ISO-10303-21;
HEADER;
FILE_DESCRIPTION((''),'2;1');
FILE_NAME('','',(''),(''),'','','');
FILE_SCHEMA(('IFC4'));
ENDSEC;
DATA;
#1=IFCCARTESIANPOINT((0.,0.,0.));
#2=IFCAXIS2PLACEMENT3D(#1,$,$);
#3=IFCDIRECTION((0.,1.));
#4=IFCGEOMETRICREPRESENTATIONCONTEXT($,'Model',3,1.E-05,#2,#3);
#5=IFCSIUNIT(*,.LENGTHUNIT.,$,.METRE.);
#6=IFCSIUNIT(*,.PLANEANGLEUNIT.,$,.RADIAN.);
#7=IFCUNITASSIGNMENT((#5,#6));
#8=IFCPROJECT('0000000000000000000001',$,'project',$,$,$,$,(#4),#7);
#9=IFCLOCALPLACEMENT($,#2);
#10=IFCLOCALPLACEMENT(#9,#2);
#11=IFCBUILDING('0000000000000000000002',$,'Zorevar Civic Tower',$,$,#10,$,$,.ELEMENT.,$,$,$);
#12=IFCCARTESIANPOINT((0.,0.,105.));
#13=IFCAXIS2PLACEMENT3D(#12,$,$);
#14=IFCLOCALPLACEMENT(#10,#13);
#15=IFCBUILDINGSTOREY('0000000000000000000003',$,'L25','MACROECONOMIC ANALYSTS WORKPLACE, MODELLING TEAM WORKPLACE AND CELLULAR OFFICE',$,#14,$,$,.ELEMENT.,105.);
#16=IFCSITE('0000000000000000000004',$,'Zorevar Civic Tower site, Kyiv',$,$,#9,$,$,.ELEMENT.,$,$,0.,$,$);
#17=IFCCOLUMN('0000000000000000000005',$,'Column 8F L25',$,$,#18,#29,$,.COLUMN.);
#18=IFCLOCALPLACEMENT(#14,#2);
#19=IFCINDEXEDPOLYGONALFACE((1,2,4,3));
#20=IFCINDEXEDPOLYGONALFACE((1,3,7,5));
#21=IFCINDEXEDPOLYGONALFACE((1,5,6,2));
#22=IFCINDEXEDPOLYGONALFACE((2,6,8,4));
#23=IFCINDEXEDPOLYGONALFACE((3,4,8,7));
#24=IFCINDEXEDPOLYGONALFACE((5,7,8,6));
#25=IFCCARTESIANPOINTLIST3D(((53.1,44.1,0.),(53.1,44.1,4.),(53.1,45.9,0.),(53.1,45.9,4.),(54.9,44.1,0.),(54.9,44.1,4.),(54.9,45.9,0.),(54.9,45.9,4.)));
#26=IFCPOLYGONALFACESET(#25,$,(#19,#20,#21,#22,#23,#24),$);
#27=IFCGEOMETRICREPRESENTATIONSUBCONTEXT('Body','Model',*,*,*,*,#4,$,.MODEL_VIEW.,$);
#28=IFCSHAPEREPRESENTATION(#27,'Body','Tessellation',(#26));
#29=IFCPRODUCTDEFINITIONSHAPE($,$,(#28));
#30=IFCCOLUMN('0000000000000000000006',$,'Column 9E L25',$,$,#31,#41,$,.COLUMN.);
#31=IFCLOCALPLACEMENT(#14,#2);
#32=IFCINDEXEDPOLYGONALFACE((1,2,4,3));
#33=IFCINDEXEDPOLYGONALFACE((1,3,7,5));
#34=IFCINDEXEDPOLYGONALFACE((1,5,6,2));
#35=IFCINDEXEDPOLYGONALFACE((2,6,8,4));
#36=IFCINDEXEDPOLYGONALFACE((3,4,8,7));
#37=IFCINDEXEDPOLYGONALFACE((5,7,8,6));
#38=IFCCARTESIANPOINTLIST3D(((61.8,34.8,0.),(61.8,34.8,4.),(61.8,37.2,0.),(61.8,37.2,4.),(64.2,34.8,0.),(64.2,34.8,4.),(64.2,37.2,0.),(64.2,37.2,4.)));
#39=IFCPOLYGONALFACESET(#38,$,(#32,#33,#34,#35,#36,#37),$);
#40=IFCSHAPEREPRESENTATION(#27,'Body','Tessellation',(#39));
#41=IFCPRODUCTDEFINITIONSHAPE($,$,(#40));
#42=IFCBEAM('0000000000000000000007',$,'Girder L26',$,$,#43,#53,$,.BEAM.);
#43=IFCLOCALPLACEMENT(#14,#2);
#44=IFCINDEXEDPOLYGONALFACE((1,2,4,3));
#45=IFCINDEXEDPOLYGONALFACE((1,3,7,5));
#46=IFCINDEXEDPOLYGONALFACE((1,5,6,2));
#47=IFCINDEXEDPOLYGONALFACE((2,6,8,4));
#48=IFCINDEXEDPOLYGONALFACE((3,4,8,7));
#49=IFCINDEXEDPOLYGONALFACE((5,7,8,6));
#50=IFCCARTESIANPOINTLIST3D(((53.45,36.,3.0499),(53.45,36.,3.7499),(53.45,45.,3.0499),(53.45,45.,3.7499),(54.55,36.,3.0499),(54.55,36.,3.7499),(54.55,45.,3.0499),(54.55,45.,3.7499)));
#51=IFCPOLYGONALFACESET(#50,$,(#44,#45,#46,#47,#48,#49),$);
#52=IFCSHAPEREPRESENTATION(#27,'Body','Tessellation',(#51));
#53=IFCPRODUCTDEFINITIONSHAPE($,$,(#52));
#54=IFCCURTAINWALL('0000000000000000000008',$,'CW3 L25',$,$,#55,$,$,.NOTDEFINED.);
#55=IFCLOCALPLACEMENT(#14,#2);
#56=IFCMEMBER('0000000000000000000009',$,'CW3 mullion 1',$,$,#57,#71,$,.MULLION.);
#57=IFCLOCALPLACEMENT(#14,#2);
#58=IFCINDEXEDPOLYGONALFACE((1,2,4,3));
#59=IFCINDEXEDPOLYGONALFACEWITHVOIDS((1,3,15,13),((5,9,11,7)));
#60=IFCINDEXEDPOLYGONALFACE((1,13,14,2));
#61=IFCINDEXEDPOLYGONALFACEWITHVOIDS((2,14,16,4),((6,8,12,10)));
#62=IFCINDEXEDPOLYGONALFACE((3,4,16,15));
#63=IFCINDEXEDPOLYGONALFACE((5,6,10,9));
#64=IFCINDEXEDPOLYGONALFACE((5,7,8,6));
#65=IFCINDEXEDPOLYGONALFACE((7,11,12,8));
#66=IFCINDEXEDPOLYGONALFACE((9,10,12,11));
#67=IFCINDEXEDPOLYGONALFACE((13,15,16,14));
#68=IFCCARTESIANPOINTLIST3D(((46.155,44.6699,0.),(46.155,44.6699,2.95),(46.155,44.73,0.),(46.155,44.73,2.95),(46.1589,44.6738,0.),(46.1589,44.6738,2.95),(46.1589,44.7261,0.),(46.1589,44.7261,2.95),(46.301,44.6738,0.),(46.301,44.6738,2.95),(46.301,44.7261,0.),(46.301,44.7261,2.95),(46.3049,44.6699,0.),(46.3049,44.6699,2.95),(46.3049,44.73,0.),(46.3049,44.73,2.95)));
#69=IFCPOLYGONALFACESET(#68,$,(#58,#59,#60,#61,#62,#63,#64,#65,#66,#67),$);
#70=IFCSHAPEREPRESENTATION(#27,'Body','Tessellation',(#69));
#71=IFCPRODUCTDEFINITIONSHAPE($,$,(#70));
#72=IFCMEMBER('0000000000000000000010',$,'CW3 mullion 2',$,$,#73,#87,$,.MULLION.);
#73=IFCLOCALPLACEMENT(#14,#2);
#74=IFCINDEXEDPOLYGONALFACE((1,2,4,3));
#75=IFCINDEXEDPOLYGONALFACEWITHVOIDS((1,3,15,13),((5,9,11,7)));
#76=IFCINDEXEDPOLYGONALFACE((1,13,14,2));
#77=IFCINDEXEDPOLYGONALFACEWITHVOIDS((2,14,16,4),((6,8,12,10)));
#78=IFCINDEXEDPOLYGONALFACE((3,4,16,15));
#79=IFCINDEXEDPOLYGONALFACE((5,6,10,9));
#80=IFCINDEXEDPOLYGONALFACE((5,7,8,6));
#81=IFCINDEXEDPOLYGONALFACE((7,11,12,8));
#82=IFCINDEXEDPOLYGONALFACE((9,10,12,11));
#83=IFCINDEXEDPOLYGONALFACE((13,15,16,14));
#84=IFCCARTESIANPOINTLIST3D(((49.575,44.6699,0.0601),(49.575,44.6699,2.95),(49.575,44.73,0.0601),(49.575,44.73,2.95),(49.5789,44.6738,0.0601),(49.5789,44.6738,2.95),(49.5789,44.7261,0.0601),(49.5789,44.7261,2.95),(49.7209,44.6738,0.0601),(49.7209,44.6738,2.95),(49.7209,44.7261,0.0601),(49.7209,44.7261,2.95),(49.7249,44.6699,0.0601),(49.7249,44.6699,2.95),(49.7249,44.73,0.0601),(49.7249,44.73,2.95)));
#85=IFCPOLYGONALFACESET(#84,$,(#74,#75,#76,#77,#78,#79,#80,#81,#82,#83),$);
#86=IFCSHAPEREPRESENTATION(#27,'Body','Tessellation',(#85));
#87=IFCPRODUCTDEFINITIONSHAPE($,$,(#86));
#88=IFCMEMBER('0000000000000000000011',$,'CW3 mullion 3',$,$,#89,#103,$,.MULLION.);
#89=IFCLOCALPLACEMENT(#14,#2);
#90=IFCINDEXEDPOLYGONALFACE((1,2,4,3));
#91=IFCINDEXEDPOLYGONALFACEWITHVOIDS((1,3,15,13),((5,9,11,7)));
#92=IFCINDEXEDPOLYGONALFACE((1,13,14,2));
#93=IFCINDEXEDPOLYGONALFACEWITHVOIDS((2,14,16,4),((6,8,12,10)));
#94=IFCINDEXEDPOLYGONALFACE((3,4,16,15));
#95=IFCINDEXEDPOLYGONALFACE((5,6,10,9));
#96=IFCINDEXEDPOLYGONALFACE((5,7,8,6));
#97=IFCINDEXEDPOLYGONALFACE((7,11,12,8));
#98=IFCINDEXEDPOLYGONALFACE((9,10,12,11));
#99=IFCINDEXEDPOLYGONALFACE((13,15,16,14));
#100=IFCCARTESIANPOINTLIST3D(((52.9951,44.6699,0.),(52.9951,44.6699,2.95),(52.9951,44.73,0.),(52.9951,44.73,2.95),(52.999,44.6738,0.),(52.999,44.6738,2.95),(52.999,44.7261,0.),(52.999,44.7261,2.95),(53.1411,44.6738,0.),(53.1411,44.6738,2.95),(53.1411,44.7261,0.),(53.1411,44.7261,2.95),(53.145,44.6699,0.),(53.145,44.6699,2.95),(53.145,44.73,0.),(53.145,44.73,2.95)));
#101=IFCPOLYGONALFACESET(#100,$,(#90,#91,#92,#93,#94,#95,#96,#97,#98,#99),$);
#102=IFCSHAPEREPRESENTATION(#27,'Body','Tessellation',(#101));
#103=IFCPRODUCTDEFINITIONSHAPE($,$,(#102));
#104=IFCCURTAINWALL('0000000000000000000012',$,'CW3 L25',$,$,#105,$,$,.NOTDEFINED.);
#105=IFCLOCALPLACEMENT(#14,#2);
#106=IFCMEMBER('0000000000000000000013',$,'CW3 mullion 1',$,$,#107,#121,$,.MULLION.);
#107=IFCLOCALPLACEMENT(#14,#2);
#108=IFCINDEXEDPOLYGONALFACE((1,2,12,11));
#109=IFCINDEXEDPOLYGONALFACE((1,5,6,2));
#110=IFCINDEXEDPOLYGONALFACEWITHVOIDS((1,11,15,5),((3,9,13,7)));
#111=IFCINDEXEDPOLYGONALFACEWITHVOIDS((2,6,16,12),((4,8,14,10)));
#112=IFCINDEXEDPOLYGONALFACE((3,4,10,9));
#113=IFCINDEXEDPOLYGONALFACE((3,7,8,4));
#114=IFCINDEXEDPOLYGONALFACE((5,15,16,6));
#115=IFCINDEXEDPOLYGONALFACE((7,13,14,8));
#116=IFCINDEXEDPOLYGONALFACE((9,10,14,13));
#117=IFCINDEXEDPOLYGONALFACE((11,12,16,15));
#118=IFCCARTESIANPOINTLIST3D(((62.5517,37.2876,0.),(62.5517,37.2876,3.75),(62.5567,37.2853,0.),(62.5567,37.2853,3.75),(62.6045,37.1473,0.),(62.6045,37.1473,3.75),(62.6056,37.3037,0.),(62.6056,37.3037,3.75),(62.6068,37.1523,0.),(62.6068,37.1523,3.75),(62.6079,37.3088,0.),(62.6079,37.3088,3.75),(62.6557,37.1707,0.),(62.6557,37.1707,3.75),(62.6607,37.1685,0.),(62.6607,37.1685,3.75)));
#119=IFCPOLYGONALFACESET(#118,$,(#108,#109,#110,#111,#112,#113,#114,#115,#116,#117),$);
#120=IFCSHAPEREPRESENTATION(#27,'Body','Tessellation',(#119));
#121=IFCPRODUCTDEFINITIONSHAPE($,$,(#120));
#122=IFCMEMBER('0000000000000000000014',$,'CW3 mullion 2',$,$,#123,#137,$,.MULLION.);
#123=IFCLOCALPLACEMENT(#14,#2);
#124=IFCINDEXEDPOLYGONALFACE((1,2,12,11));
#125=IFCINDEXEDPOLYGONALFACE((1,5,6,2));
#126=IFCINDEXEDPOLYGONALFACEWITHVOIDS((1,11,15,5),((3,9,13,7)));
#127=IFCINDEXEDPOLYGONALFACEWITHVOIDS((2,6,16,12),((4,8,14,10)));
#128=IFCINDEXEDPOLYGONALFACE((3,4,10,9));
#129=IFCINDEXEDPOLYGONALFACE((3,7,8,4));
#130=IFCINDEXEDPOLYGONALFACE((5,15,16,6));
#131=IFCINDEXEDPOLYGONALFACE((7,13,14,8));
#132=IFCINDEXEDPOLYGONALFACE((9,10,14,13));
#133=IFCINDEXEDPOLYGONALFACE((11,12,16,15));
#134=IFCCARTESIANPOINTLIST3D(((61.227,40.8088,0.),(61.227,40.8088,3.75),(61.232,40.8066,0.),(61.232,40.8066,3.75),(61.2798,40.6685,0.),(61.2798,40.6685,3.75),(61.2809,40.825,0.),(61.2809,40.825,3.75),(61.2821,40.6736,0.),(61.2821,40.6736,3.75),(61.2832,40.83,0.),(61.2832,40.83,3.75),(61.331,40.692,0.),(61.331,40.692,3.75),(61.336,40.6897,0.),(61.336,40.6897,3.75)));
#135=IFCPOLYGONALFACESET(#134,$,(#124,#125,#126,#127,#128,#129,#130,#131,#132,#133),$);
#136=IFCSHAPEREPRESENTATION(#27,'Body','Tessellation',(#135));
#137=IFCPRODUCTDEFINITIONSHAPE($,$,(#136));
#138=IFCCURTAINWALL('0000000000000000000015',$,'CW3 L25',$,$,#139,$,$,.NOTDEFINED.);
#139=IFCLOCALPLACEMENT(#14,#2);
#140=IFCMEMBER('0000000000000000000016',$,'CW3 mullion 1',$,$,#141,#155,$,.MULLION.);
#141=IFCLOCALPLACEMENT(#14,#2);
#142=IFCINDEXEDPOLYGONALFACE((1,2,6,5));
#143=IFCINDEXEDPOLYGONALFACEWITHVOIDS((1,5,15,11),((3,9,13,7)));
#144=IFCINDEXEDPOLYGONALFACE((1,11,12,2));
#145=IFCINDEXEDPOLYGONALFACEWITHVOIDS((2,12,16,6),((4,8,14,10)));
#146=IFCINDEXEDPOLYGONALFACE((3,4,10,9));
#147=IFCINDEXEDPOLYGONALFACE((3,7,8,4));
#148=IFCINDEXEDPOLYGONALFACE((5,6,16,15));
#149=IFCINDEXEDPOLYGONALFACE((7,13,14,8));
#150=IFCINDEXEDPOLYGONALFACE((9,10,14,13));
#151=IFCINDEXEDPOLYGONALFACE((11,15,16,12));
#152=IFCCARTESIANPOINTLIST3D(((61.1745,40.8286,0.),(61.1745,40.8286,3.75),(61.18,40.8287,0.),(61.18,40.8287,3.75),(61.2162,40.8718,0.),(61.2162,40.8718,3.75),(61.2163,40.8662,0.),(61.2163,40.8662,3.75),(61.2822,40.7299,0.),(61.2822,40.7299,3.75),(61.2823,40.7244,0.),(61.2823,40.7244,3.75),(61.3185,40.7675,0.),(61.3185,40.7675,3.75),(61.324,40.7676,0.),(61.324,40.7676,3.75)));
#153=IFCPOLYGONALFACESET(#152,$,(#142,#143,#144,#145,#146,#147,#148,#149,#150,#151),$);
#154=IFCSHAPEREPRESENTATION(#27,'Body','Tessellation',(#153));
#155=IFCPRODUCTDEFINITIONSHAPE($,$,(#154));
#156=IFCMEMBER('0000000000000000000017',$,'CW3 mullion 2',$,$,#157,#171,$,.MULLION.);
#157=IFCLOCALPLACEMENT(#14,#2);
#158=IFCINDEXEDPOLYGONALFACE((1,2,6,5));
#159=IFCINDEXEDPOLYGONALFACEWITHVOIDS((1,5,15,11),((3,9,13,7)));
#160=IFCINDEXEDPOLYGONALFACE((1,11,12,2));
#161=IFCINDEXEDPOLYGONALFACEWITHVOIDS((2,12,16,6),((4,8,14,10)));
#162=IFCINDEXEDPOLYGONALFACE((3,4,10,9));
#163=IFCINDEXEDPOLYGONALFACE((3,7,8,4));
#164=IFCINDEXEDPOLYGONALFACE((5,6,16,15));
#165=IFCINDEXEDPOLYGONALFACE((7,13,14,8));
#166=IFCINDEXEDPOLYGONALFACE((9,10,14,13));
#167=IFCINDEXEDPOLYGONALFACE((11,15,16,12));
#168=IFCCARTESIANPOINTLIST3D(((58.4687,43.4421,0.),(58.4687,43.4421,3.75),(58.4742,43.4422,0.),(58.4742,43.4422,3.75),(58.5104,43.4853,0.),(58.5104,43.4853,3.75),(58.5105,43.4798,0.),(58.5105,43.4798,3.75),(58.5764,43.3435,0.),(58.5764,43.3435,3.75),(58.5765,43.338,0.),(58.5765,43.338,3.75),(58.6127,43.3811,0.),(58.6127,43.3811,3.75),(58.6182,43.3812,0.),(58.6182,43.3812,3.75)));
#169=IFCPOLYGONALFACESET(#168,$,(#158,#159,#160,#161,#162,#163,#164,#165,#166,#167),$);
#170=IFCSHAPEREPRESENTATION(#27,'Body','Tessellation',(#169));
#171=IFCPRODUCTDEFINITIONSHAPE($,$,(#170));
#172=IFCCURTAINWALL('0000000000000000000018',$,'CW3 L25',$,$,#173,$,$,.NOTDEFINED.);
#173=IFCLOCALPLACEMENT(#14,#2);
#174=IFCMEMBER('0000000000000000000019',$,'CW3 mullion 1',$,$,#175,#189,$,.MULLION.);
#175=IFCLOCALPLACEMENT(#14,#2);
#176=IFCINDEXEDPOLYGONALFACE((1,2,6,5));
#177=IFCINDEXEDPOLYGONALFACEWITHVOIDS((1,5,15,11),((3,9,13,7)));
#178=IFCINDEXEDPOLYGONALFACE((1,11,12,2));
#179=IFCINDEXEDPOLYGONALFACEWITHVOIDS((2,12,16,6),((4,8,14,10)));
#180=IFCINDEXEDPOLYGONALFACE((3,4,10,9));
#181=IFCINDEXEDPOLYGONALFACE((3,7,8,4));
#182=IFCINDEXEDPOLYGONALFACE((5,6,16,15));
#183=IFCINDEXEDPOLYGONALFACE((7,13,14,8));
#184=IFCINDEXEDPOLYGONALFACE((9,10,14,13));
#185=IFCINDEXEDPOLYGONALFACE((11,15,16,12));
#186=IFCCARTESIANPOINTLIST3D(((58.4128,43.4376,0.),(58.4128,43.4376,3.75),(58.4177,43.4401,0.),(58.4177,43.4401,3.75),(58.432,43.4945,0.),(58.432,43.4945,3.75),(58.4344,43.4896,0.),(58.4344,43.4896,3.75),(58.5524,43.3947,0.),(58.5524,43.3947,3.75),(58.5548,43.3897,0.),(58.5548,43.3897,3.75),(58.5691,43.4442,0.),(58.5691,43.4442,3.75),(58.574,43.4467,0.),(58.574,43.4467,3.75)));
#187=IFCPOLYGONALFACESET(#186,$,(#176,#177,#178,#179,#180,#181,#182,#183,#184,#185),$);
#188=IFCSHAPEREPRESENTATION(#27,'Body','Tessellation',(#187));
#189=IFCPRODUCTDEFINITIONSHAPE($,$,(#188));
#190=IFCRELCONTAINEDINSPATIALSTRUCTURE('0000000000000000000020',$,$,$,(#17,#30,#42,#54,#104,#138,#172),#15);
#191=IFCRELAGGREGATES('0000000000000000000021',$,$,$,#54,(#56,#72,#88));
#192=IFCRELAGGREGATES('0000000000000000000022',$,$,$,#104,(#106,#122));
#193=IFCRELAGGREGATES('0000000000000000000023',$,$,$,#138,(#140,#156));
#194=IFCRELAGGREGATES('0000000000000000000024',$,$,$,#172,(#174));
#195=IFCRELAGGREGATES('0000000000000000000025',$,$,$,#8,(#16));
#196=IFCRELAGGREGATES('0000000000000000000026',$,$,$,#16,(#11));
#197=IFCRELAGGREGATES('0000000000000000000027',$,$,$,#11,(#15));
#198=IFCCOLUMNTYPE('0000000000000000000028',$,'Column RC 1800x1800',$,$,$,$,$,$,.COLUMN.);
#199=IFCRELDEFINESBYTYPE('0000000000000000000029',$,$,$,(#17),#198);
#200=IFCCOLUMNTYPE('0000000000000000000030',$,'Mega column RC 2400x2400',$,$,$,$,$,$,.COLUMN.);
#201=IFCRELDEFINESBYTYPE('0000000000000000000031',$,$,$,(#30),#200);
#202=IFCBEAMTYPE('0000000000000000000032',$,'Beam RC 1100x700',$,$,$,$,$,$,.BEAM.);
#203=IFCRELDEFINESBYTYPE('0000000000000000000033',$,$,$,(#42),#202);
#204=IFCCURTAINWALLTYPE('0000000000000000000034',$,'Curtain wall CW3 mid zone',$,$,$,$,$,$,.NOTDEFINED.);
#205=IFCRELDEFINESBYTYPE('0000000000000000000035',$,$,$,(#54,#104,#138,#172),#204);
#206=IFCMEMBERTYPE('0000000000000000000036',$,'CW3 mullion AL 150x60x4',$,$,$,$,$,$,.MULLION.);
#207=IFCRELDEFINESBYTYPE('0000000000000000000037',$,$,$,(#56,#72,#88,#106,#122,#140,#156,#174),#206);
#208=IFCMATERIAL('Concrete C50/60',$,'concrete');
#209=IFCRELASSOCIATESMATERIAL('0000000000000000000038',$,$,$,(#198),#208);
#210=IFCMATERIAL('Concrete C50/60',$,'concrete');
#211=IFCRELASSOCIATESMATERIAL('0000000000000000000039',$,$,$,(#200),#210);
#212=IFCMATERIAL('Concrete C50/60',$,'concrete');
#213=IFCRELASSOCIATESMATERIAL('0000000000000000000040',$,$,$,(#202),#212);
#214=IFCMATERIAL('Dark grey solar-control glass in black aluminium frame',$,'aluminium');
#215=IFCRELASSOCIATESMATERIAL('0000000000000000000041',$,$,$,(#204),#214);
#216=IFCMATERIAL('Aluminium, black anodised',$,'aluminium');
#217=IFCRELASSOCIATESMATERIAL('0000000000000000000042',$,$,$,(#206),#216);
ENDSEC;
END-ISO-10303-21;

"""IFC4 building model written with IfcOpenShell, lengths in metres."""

from ifc_helpers import new_model, si_unit, direction, frame, origin, origin_2d, place, context, subcontext, project, spatial, rectangle, hollow_rectangle, extrude, material, material_profile, profile_set, type_object, element, aggregate, save


model = new_model("IFC4")

# Units and contexts
model_context = context("Model", 3, precision=1e-05, world=origin(), true_north=direction((0.0, 1.0)))
body_context = subcontext(model_context, "Body", "Model", "MODEL_VIEW")
ifc_project = project(units=[si_unit("LENGTHUNIT", "METRE"), si_unit("PLANEANGLEUNIT", "RADIAN")], contexts=[model_context])

# Site, building, storey
site_placement = place(None, origin())
site = spatial("IfcSite", under=ifc_project, at=site_placement, Name="Zorevar Civic Tower site, Kyiv", CompositionType="ELEMENT", RefElevation=0.0)
building_placement = place(site_placement, origin())
building = spatial("IfcBuilding", under=site, at=building_placement, Name="Zorevar Civic Tower", CompositionType="ELEMENT")
storey_placement = place(building_placement, frame((0.0, 0.0, 105.0)))
storey = spatial("IfcBuildingStorey", under=building, at=storey_placement, Name="L25", Description="MACROECONOMIC ANALYSTS WORKPLACE, MODELLING TEAM WORKPLACE AND CELLULAR OFFICE", CompositionType="ELEMENT", Elevation=105.0)

# Columns
ifc_material_1 = material(Name="Concrete C50/60", Category="concrete")
ifc_material_profile_1 = material_profile(ifc_material_1, rectangle(XDim=1.8, YDim=1.8, at=origin_2d()), Name="RC 1800x1800")
ifc_profile_set_1 = profile_set([ifc_material_profile_1], Name="Concrete C50/60")
column_type_1 = type_object("IfcColumnType", Name="Column RC 1800x1800", PredefinedType="COLUMN", material=ifc_profile_set_1)
column_1_placement = place(storey_placement, frame((54.0, 45.0, 0.0), z_axis=(0.0, 0.0, 1.0), x_axis=(1.0, 0.0, 0.0)))
element("IfcColumn", 1, at=column_1_placement, inside=storey, type_object=column_type_1, Name="Column 8F L25", PredefinedType="COLUMN", context=body_context, shape_type="SweptSolid", body=[
    extrude(rectangle(XDim=1.8, YDim=1.8, at=origin_2d()), origin(), (0.0, 0.0, 1.0), 4.0),
])
ifc_material_2 = material(Name="Concrete C50/60", Category="concrete")
ifc_material_profile_2 = material_profile(ifc_material_2, rectangle(XDim=2.3999, YDim=2.3999, at=origin_2d()), Name="RC 2400x2400")
ifc_profile_set_2 = profile_set([ifc_material_profile_2], Name="Concrete C50/60")
column_type_2 = type_object("IfcColumnType", Name="Mega column RC 2400x2400", PredefinedType="COLUMN", material=ifc_profile_set_2)
column_2_placement = place(storey_placement, frame((63.0, 36.0, 0.0), z_axis=(0.0, 0.0, 1.0), x_axis=(1.0, 0.0, 0.0)))
element("IfcColumn", 2, at=column_2_placement, inside=storey, type_object=column_type_2, Name="Column 9E L25", PredefinedType="COLUMN", context=body_context, shape_type="SweptSolid", body=[
    extrude(rectangle(XDim=2.3999, YDim=2.3999, at=origin_2d()), origin(), (0.0, 0.0, 1.0), 4.0),
])

# Beam
ifc_material_3 = material(Name="Concrete C50/60", Category="concrete")
ifc_material_profile_3 = material_profile(ifc_material_3, rectangle(XDim=1.1001, YDim=0.7, at=origin_2d()), Name="RC 1100x700")
ifc_profile_set_3 = profile_set([ifc_material_profile_3], Name="Concrete C50/60")
beam_type_1 = type_object("IfcBeamType", Name="Beam RC 1100x700", PredefinedType="BEAM", material=ifc_profile_set_3)
beam_1_placement = place(storey_placement, frame((54.0, 36.0, 3.3999), z_axis=(0.0, 1.0, 0.0), x_axis=(-1.0, 0.0, 0.0)))
element("IfcBeam", 3, at=beam_1_placement, inside=storey, type_object=beam_type_1, Name="Girder L26", PredefinedType="BEAM", context=body_context, shape_type="SweptSolid", body=[
    extrude(rectangle(XDim=1.1001, YDim=0.7, at=origin_2d()), origin(), (0.0, 0.0, 1.0), 9.0),
])

# Curtain walls, members
ifc_material_4 = material(Name="Dark grey solar-control glass in black aluminium frame", Category="aluminium")
curtain_wall_type = type_object("IfcCurtainWallType", Name="Curtain wall CW3 mid zone", PredefinedType="NOTDEFINED", material=ifc_material_4)
curtain_wall_1_placement = place(storey_placement, origin())
curtain_wall_1 = element("IfcCurtainWall", 4, at=curtain_wall_1_placement, inside=storey, type_object=curtain_wall_type, Name="CW3 L25", PredefinedType="NOTDEFINED")
ifc_material_5 = material(Name="Aluminium, black anodised", Category="aluminium")
ifc_material_profile_4 = material_profile(ifc_material_5, hollow_rectangle(XDim=0.0601, YDim=0.1499, WallThickness=0.0039, at=origin_2d()), Name="AL 150x60x4")
ifc_profile_set_4 = profile_set([ifc_material_profile_4], Name="Aluminium, black anodised")
member_type_1 = type_object("IfcMemberType", Name="CW3 mullion AL 150x60x4", PredefinedType="MULLION", material=ifc_profile_set_4)
member_1_placement = place(storey_placement, frame((46.23, 44.7, 0.0), z_axis=(0.0, 0.0, 1.0), x_axis=(0.0, 1.0, 0.0)))
member_1 = element("IfcMember", 5, at=member_1_placement, type_object=member_type_1, Name="CW3 mullion 1", PredefinedType="MULLION", context=body_context, shape_type="SweptSolid", body=[
    extrude(hollow_rectangle(XDim=0.0601, YDim=0.1499, WallThickness=0.0039, at=origin_2d()), origin(), (0.0, 0.0, 1.0), 2.95),
])
member_2_placement = place(storey_placement, frame((49.6499, 44.7, 0.0601), z_axis=(0.0, 0.0, 1.0), x_axis=(0.0, 1.0, 0.0)))
member_2 = element("IfcMember", 6, at=member_2_placement, type_object=member_type_1, Name="CW3 mullion 2", PredefinedType="MULLION", context=body_context, shape_type="SweptSolid", body=[
    extrude(hollow_rectangle(XDim=0.0601, YDim=0.1499, WallThickness=0.0039, at=origin_2d()), origin(), (0.0, 0.0, 1.0), 2.8899),
])
member_3_placement = place(storey_placement, frame((53.0701, 44.7, 0.0), z_axis=(0.0, 0.0, 1.0), x_axis=(0.0, 1.0, 0.0)))
member_3 = element("IfcMember", 7, at=member_3_placement, type_object=member_type_1, Name="CW3 mullion 3", PredefinedType="MULLION", context=body_context, shape_type="SweptSolid", body=[
    extrude(hollow_rectangle(XDim=0.0601, YDim=0.1499, WallThickness=0.0039, at=origin_2d()), origin(), (0.0, 0.0, 1.0), 2.95),
])
curtain_wall_2_placement = place(storey_placement, origin())
curtain_wall_2 = element("IfcCurtainWall", 8, at=curtain_wall_2_placement, inside=storey, type_object=curtain_wall_type, Name="CW3 L25", PredefinedType="NOTDEFINED")
member_4_placement = place(storey_placement, frame((62.6062, 37.228, 0.0), z_axis=(0.0, 0.0, 1.0), x_axis=(-0.935951, -0.352132, 0.0)))
member_4 = element("IfcMember", 9, at=member_4_placement, type_object=member_type_1, Name="CW3 mullion 1", PredefinedType="MULLION", context=body_context, shape_type="SweptSolid", body=[
    extrude(hollow_rectangle(XDim=0.0601, YDim=0.1499, WallThickness=0.0039, at=origin_2d()), origin(), (0.0, 0.0, 1.0), 3.75),
])
member_5_placement = place(storey_placement, frame((61.2815, 40.7493, 0.0), z_axis=(0.0, 0.0, 1.0), x_axis=(-0.935951, -0.352132, 0.0)))
member_5 = element("IfcMember", 10, at=member_5_placement, type_object=member_type_1, Name="CW3 mullion 2", PredefinedType="MULLION", context=body_context, shape_type="SweptSolid", body=[
    extrude(hollow_rectangle(XDim=0.0601, YDim=0.1499, WallThickness=0.0039, at=origin_2d()), origin(), (0.0, 0.0, 1.0), 3.75),
])
curtain_wall_3_placement = place(storey_placement, origin())
curtain_wall_3 = element("IfcCurtainWall", 11, at=curtain_wall_3_placement, inside=storey, type_object=curtain_wall_type, Name="CW3 L25", PredefinedType="NOTDEFINED")
member_6_placement = place(storey_placement, frame((61.2493, 40.7981, 0.0), z_axis=(0.0, 0.0, 1.0), x_axis=(-0.694719, -0.719281, 0.0)))
member_6 = element("IfcMember", 12, at=member_6_placement, type_object=member_type_1, Name="CW3 mullion 1", PredefinedType="MULLION", context=body_context, shape_type="SweptSolid", body=[
    extrude(hollow_rectangle(XDim=0.0601, YDim=0.1499, WallThickness=0.0039, at=origin_2d()), origin(), (0.0, 0.0, 1.0), 3.75),
])
member_7_placement = place(storey_placement, frame((58.5435, 43.4116, 0.0), z_axis=(0.0, 0.0, 1.0), x_axis=(-0.694719, -0.719281, 0.0)))
member_7 = element("IfcMember", 13, at=member_7_placement, type_object=member_type_1, Name="CW3 mullion 2", PredefinedType="MULLION", context=body_context, shape_type="SweptSolid", body=[
    extrude(hollow_rectangle(XDim=0.0601, YDim=0.1499, WallThickness=0.0039, at=origin_2d()), origin(), (0.0, 0.0, 1.0), 3.75),
])
curtain_wall_4_placement = place(storey_placement, origin())
curtain_wall_4 = element("IfcCurtainWall", 14, at=curtain_wall_4_placement, inside=storey, type_object=curtain_wall_type, Name="CW3 L25", PredefinedType="NOTDEFINED")
member_8_placement = place(storey_placement, frame((58.4934, 43.4421, 0.0), z_axis=(0.0, 0.0, 1.0), x_axis=(-0.319413, -0.947616, 0.0)))
member_8 = element("IfcMember", 15, at=member_8_placement, type_object=member_type_1, Name="CW3 mullion 1", PredefinedType="MULLION", context=body_context, shape_type="SweptSolid", body=[
    extrude(hollow_rectangle(XDim=0.0601, YDim=0.1499, WallThickness=0.0039, at=origin_2d()), origin(), (0.0, 0.0, 1.0), 3.75),
])

aggregate(curtain_wall_1, [member_1, member_2, member_3])
aggregate(curtain_wall_2, [member_4, member_5])
aggregate(curtain_wall_3, [member_6, member_7])
aggregate(curtain_wall_4, [member_8])

save(model, "model.ifc")
